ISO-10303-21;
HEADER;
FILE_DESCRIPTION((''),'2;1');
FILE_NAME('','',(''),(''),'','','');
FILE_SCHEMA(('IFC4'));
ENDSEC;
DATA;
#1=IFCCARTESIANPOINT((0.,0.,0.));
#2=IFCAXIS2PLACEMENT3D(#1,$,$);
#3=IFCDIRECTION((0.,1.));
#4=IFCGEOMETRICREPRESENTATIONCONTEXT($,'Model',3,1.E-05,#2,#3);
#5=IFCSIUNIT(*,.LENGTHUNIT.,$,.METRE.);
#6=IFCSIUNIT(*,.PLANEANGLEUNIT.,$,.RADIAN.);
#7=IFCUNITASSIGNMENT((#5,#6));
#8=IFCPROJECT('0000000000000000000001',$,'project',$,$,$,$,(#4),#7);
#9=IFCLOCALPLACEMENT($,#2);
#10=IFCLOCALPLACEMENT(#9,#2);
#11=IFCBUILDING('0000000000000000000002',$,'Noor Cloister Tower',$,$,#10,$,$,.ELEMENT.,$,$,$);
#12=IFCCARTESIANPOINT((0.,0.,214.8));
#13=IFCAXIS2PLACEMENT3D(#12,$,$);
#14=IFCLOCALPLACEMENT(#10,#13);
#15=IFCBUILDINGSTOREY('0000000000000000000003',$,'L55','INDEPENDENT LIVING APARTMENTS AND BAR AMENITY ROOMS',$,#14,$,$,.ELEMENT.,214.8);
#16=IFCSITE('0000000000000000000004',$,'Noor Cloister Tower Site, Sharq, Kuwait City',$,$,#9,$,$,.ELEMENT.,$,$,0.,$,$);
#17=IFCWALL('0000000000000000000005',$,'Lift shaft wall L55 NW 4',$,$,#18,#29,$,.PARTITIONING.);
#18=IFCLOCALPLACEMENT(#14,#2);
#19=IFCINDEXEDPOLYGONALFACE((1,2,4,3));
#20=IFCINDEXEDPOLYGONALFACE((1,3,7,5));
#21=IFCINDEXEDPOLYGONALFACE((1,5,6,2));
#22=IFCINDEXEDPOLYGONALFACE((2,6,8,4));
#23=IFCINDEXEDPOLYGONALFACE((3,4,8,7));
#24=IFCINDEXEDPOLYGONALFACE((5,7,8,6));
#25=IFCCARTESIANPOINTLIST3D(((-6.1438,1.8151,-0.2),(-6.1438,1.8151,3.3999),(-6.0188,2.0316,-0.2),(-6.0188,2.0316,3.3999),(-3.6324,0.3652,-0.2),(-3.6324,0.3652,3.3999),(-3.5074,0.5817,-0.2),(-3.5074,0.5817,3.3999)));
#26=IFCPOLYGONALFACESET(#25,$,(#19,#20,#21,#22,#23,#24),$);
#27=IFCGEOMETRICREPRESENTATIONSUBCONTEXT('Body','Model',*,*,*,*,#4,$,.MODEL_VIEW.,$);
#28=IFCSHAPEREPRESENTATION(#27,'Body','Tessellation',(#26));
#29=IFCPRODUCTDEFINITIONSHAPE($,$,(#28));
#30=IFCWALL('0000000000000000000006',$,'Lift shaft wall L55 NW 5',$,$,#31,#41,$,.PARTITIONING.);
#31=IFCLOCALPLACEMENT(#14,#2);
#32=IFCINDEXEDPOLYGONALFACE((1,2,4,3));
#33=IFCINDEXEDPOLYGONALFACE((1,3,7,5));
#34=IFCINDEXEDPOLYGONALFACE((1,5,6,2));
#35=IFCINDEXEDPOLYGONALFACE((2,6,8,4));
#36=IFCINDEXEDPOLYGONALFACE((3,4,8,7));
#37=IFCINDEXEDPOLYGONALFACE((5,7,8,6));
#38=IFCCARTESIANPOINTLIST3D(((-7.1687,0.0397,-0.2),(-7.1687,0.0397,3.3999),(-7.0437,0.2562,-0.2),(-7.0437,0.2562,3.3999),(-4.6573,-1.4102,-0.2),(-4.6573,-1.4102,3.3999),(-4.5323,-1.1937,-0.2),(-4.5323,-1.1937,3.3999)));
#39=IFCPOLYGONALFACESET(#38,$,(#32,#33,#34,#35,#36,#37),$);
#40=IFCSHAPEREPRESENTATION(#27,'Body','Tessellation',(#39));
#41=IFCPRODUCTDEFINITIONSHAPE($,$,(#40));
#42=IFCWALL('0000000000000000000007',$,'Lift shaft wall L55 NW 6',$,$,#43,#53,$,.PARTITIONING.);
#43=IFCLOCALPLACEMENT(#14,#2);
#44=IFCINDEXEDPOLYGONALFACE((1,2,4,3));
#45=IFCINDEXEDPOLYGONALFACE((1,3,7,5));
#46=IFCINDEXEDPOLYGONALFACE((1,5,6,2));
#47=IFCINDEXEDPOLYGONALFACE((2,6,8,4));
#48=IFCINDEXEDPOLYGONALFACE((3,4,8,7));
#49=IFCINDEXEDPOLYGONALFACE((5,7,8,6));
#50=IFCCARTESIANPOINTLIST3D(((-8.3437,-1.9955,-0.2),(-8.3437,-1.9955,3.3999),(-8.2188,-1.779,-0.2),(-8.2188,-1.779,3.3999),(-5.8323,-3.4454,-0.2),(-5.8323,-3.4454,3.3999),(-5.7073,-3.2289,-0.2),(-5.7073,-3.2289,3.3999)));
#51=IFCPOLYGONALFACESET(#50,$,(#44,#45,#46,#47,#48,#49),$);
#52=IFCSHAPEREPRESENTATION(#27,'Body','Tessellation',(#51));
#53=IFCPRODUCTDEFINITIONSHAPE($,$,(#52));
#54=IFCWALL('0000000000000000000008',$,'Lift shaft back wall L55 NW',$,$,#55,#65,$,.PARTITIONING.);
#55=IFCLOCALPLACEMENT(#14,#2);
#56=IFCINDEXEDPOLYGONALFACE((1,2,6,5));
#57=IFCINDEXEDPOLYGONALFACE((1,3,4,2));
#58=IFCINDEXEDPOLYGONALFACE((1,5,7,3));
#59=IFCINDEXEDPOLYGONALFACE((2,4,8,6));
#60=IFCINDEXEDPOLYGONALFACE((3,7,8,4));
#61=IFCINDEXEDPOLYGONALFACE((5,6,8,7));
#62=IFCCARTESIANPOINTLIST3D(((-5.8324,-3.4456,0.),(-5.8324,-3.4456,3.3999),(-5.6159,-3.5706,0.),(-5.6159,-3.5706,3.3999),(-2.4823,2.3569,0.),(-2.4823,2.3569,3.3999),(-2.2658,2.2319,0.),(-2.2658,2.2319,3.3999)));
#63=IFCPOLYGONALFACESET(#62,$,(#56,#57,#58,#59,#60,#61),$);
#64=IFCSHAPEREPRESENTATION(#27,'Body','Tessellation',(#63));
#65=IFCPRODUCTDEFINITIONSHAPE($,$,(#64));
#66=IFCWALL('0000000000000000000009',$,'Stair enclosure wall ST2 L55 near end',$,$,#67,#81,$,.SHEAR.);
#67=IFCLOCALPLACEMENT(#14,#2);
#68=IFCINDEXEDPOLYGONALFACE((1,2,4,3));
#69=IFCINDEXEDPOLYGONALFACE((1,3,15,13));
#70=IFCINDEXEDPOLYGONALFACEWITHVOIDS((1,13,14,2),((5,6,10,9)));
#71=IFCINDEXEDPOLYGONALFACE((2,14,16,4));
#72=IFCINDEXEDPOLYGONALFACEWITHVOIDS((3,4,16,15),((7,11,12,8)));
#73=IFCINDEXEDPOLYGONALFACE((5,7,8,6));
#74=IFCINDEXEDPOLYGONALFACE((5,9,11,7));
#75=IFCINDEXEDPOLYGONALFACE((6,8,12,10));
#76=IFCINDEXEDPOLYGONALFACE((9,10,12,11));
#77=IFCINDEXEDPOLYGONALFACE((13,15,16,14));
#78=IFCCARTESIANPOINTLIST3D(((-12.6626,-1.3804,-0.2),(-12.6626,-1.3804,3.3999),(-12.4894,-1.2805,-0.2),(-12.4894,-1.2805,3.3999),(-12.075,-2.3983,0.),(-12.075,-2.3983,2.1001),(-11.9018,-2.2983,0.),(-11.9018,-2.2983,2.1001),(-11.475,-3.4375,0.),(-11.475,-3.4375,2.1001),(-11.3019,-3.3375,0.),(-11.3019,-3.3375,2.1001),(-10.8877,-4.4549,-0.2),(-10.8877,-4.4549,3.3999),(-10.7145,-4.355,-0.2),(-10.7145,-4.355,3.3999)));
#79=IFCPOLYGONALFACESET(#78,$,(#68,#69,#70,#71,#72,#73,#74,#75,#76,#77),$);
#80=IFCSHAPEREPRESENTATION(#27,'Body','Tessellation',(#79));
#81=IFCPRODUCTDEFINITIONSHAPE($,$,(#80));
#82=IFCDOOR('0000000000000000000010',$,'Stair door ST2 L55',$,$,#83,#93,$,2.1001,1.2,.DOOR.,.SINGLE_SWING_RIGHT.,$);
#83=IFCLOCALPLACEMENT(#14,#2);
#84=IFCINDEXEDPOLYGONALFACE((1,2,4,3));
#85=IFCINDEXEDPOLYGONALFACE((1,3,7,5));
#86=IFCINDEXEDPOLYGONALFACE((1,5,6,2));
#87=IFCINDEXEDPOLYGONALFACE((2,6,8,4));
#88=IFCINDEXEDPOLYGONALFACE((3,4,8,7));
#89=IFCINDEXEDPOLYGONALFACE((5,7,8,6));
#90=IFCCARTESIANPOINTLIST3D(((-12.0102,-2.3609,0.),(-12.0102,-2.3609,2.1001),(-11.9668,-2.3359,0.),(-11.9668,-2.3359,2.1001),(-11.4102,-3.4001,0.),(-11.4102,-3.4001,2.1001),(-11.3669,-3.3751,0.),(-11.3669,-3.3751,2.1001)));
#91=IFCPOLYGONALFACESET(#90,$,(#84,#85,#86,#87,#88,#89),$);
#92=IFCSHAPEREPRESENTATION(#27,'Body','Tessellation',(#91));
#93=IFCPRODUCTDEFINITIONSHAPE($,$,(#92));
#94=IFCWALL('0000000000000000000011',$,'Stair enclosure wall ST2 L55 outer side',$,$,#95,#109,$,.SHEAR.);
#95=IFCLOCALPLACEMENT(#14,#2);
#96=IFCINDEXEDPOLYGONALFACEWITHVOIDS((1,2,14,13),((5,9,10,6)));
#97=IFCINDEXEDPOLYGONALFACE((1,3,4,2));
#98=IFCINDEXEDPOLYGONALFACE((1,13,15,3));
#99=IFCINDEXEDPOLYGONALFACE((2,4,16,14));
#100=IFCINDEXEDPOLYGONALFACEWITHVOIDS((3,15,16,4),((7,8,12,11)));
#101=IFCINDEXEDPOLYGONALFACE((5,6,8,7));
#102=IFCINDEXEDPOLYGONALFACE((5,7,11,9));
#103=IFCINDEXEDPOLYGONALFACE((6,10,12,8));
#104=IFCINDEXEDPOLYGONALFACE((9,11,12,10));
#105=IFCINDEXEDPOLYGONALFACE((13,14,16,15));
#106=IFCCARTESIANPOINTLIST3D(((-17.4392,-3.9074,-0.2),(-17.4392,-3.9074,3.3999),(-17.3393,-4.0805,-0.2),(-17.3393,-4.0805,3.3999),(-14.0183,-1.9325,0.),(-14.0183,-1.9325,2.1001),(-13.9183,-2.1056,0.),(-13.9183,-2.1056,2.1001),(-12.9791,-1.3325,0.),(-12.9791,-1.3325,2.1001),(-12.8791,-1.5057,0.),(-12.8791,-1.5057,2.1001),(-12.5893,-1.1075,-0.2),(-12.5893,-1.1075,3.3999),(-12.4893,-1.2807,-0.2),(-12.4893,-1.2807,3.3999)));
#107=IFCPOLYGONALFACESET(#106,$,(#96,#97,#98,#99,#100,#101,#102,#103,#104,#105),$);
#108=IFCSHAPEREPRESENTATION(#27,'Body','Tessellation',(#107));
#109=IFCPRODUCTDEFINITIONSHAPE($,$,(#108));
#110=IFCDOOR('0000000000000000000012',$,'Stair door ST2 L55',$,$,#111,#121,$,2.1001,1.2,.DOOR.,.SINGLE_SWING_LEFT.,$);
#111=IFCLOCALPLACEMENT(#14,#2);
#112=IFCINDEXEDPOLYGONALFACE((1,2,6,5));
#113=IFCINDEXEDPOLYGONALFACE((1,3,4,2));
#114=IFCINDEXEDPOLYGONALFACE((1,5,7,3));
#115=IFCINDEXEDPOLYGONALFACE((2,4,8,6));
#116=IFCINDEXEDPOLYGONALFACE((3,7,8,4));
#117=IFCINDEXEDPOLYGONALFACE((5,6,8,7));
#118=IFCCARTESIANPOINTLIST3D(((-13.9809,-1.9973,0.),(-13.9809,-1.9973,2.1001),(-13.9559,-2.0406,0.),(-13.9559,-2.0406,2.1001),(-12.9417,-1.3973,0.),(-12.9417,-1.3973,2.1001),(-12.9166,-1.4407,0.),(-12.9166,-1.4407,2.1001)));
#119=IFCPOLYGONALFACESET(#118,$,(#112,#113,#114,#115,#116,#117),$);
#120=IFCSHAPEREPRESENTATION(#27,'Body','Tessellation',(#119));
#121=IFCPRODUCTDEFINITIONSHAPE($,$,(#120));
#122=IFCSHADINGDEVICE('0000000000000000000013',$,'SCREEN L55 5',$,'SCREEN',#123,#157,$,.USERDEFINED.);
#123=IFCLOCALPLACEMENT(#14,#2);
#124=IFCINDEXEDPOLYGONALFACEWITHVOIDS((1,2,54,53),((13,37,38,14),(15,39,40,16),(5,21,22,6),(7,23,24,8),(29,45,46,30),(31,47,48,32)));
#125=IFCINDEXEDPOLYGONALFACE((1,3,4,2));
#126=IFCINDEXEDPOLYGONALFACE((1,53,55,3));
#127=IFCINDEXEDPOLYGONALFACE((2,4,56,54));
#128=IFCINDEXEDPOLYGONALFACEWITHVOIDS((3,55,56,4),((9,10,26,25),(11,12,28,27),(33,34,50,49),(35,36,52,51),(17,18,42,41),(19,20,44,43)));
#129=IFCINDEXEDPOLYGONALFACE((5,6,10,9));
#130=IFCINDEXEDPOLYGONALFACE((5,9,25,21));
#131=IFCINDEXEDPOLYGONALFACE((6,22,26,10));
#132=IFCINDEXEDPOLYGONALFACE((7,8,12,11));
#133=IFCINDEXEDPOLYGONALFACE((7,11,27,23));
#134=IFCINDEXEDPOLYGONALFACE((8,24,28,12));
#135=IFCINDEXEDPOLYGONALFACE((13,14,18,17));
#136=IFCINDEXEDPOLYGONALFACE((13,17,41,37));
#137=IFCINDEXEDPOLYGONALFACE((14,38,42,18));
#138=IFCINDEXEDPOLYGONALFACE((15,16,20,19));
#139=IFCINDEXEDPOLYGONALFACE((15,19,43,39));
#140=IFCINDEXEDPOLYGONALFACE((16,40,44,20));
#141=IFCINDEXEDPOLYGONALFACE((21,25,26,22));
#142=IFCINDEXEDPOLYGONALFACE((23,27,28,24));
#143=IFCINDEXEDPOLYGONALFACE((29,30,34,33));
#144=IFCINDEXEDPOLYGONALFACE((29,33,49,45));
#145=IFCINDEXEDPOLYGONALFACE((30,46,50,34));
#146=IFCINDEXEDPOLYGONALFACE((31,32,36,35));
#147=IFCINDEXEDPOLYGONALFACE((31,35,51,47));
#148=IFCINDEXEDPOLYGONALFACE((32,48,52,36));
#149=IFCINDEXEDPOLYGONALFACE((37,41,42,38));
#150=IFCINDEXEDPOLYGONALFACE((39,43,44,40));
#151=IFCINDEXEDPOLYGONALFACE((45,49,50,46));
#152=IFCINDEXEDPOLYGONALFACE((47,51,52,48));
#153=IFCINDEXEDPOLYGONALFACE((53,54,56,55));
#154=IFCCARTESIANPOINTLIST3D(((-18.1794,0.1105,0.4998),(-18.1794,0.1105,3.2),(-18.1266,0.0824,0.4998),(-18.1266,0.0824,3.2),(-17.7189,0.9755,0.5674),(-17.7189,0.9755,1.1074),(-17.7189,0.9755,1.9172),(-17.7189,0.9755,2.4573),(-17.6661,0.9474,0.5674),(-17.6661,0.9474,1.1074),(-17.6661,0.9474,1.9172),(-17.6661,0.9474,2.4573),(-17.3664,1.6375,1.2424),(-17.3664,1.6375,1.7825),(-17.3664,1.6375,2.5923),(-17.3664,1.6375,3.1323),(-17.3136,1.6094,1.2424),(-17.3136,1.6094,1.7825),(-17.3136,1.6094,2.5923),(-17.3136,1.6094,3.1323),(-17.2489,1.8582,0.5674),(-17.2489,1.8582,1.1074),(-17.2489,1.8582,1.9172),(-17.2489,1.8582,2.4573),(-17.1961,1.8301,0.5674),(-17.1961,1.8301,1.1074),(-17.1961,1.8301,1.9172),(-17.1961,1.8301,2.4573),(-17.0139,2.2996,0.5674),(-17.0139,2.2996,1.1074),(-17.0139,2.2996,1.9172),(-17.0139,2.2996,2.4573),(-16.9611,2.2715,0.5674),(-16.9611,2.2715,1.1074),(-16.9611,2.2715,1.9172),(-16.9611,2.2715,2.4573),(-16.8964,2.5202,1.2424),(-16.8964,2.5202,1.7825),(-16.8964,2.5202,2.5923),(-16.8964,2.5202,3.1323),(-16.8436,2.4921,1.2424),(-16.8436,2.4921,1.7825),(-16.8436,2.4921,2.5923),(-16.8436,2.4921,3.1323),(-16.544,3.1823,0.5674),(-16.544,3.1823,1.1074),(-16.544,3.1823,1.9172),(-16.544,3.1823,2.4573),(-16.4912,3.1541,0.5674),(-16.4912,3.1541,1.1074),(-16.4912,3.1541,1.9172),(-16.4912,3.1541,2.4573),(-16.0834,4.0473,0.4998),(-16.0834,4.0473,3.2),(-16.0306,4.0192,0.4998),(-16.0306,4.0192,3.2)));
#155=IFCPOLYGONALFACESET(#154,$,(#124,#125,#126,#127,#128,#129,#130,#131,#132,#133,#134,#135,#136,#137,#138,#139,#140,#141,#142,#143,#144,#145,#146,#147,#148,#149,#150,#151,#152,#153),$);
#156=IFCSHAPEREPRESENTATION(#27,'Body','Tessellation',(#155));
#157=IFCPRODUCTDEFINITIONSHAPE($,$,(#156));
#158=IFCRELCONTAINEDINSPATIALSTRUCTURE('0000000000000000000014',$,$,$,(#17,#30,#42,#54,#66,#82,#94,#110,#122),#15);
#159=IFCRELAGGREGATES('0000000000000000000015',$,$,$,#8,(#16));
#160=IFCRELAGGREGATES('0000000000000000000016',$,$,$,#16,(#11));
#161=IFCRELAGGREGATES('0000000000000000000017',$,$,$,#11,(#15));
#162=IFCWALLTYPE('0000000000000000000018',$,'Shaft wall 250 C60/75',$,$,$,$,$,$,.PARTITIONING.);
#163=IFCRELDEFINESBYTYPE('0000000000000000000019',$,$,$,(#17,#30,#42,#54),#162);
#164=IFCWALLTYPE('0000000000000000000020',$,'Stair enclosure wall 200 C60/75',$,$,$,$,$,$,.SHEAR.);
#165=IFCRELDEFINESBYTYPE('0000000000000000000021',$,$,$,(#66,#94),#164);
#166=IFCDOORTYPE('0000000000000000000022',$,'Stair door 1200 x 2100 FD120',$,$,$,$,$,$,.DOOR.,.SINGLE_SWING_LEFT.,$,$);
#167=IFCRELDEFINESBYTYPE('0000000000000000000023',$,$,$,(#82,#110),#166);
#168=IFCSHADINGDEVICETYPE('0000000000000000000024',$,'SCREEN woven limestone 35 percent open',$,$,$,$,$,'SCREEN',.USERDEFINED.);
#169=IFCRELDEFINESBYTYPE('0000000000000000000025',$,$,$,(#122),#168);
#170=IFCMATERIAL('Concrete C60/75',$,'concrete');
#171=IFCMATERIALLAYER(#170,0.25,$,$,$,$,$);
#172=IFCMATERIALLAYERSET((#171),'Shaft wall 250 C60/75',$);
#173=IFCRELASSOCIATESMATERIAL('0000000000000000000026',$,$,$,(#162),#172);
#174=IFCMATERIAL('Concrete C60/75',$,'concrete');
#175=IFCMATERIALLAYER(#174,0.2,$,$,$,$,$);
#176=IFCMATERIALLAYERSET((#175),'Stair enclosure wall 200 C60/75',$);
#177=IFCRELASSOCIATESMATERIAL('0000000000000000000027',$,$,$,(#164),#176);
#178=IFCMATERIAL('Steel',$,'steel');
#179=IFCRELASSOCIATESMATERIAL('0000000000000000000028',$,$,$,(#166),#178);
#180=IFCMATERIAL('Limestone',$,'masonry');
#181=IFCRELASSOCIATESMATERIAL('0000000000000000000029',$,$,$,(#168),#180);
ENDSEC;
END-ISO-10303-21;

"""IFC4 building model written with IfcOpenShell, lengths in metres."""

from ifc_helpers import new_model, si_unit, direction, frame, frame_2d, origin, place, context, subcontext, project, spatial, polyline, rectangle, outline, extrude, material, layer, layer_set, material_profile, profile_set, type_object, element, fill, save


model = new_model("IFC4")

# Units and contexts
model_context = context("Model", 3, precision=1e-05, world=origin(), true_north=direction((0.0, 1.0)))
body_context = subcontext(model_context, "Body", "Model", "MODEL_VIEW")
ifc_project = project(units=[si_unit("LENGTHUNIT", "METRE"), si_unit("PLANEANGLEUNIT", "RADIAN")], contexts=[model_context])

# Site, building, storey
site_placement = place(None, origin())
site = spatial("IfcSite", under=ifc_project, at=site_placement, Name="Noor Cloister Tower Site, Sharq, Kuwait City", CompositionType="ELEMENT", RefElevation=0.0)
building_placement = place(site_placement, origin())
building = spatial("IfcBuilding", under=site, at=building_placement, Name="Noor Cloister Tower", CompositionType="ELEMENT")
storey_placement = place(building_placement, frame((0.0, 0.0, 214.8)))
storey = spatial("IfcBuildingStorey", under=building, at=storey_placement, Name="L55", Description="INDEPENDENT LIVING APARTMENTS AND BAR AMENITY ROOMS", CompositionType="ELEMENT", Elevation=214.8)

# Walls
ifc_material_1 = material(Name="Concrete C60/75", Category="concrete")
ifc_layer_1 = layer(ifc_material_1, 0.25)
ifc_layer_set_1 = layer_set([ifc_layer_1], Name="Shaft wall 250 C60/75")
wall_type_1 = type_object("IfcWallType", Name="Shaft wall 250 C60/75", PredefinedType="PARTITIONING", material=ifc_layer_set_1)
for number, where, z_axis, x_axis, name in (
    (1, (-6.0813, 1.9233, -0.2), (0.0, 0.0, 1.0), (0.866033, -0.499987, 0.0), "Lift shaft wall L55 NW 4"),
    (2, (-7.1062, 0.1479, -0.2), (0.0, 0.0, 1.0), (0.866033, -0.499987, 0.0), "Lift shaft wall L55 NW 5"),
    (3, (-8.2812, -1.8872, -0.2), (0.0, 0.0, 1.0), (0.866033, -0.499987, 0.0), "Lift shaft wall L55 NW 6"),
):
    element("IfcWall", number, at=place(storey_placement, frame(where, z_axis=z_axis, x_axis=x_axis)), inside=storey, type_object=wall_type_1, Name=name, PredefinedType="PARTITIONING", context=body_context, shape_type="SweptSolid", body=[
        extrude(rectangle(XDim=2.8999, YDim=0.25, at=frame_2d((1.45, 0.0))), origin(), (0.0, 0.0, 1.0), 3.5999),
    ])
wall_1_placement = place(storey_placement, frame((-2.374, 2.2944, 0.0), z_axis=(0.0, 0.0, 1.0), x_axis=(-0.500003, -0.866024, 0.0)))
element("IfcWall", 4, at=wall_1_placement, inside=storey, type_object=wall_type_1, Name="Lift shaft back wall L55 NW", PredefinedType="PARTITIONING", context=body_context, shape_type="SweptSolid", body=[
    extrude(rectangle(XDim=6.7002, YDim=0.25, at=frame_2d((3.3501, 0.0))), origin(), (0.0, 0.0, 1.0), 3.3999),
])

# Walls, openings, doors
ifc_material_2 = material(Name="Concrete C60/75", Category="concrete")
ifc_layer_2 = layer(ifc_material_2, 0.2)
ifc_layer_set_2 = layer_set([ifc_layer_2], Name="Stair enclosure wall 200 C60/75")
wall_type_2 = type_object("IfcWallType", Name="Stair enclosure wall 200 C60/75", PredefinedType="SHEAR", material=ifc_layer_set_2)
wall_2_placement = place(storey_placement, frame((-12.5759, -1.3306, -0.2), z_axis=(0.0, 0.0, 1.0), x_axis=(0.49997, -0.866042, 0.0)))
wall_2 = element("IfcWall", 5, at=wall_2_placement, inside=storey, type_object=wall_type_2, Name="Stair enclosure wall ST2 L55 near end", PredefinedType="SHEAR", context=body_context, shape_type="SweptSolid", body=[
    extrude(rectangle(XDim=3.55, YDim=0.2, at=frame_2d((1.7749, 0.0))), origin(), (0.0, 0.0, 1.0), 3.5999),
])
opening_1_placement = place(wall_2_placement, frame((1.175, 0.0, 0.2)))
opening_1 = element("IfcOpeningElement", 6, at=opening_1_placement, cuts=wall_2, PredefinedType="OPENING", context=body_context, shape_type="SweptSolid", body=[
    extrude(rectangle(XDim=1.2, YDim=2.1001, at=frame_2d((0.6001, 1.05))), frame((0.0, 0.1099, 0.0), z_axis=(0.0, -1.0, 0.0), x_axis=(1.0, 0.0, 0.0)), (0.0, 0.0, 1.0), 0.22),
])
ifc_material_3 = material(Name="Steel", Category="steel")
door_type_1 = type_object("IfcDoorType", Name="Stair door 1200 x 2100 FD120", OperationType="SINGLE_SWING_LEFT", PredefinedType="DOOR", material=ifc_material_3)
door_1_placement = place(opening_1_placement, origin())
door_1 = element("IfcDoor", 7, at=door_1_placement, inside=storey, type_object=door_type_1, Name="Stair door ST2 L55", OperationType="SINGLE_SWING_RIGHT", OverallHeight=2.1001, OverallWidth=1.2, PredefinedType="DOOR", context=body_context, shape_type="SweptSolid", body=[
    extrude(rectangle(XDim=1.2, YDim=2.1001, at=frame_2d((0.6001, 1.05))), frame((0.0, 0.0249, 0.0), z_axis=(0.0, -1.0, 0.0), x_axis=(1.0, 0.0, 0.0)), (0.0, 0.0, 1.0), 0.05),
])
fill(opening_1, door_1)
wall_3_placement = place(storey_placement, frame((-12.5393, -1.1941, -0.2), z_axis=(0.0, 0.0, 1.0), x_axis=(-0.866045, -0.499965, 0.0)))
wall_3 = element("IfcWall", 8, at=wall_3_placement, inside=storey, type_object=wall_type_2, Name="Stair enclosure wall ST2 L55 outer side", PredefinedType="SHEAR", context=body_context, shape_type="SweptSolid", body=[
    extrude(rectangle(XDim=5.6001, YDim=0.2, at=frame_2d((2.8, 0.0))), origin(), (0.0, 0.0, 1.0), 3.5999),
])
opening_2_placement = place(wall_3_placement, frame((0.45, 0.0, 0.2)))
opening_2 = element("IfcOpeningElement", 9, at=opening_2_placement, cuts=wall_3, PredefinedType="OPENING", context=body_context, shape_type="SweptSolid", body=[
    extrude(rectangle(XDim=1.2, YDim=2.1001, at=frame_2d((0.6001, 1.05))), frame((0.0, 0.1099, 0.0), z_axis=(0.0, -1.0, 0.0), x_axis=(1.0, 0.0, 0.0)), (0.0, 0.0, 1.0), 0.22),
])
door_2_placement = place(opening_2_placement, origin())
door_2 = element("IfcDoor", 10, at=door_2_placement, inside=storey, type_object=door_type_1, Name="Stair door ST2 L55", OperationType="SINGLE_SWING_LEFT", OverallHeight=2.1001, OverallWidth=1.2, PredefinedType="DOOR", context=body_context, shape_type="SweptSolid", body=[
    extrude(rectangle(XDim=1.2, YDim=2.1001, at=frame_2d((0.6001, 1.05))), frame((0.0, 0.0249, 0.0), z_axis=(0.0, -1.0, 0.0), x_axis=(1.0, 0.0, 0.0)), (0.0, 0.0, 1.0), 0.05),
])
fill(opening_2, door_2)

# Shading device
ifc_material_4 = material(Name="Limestone", Category="masonry")
ifc_material_profile_1 = material_profile(ifc_material_4, outline(polyline([(-2.23, -1.3501), (2.23, -1.3501), (2.23, 1.3501), (-2.23, 1.3501), (-2.23, -1.3501)]), holes=[polyline([(-1.25, -1.2825), (-0.25, -1.2825), (-0.25, -0.7424), (-1.25, -0.7424), (-1.25, -1.2825)]), polyline([(0.25, -1.2825), (1.25, -1.2825), (1.25, -0.7424), (0.25, -0.7424), (0.25, -1.2825)]), polyline([(-0.5, -0.6074), (0.5, -0.6074), (0.5, -0.0674), (-0.5, -0.0674), (-0.5, -0.6074)]), polyline([(-1.25, 0.0674), (-0.25, 0.0674), (-0.25, 0.6074), (-1.25, 0.6074), (-1.25, 0.0674)]), polyline([(0.25, 0.0674), (1.25, 0.0674), (1.25, 0.6074), (0.25, 0.6074), (0.25, 0.0674)]), polyline([(-0.5, 0.7424), (0.5, 0.7424), (0.5, 1.2825), (-0.5, 1.2825), (-0.5, 0.7424)])]), Name="Woven screen 35 percent open")
ifc_profile_set_1 = profile_set([ifc_material_profile_1], Name="Limestone")
shading_device_type = type_object("IfcShadingDeviceType", Name="SCREEN woven limestone 35 percent open", ElementType="SCREEN", PredefinedType="USERDEFINED", material=ifc_profile_set_1)
shading_device_placement = place(storey_placement, frame((-17.0786, 2.0508, 1.8499), z_axis=(-0.882692, 0.469952, 0.0), x_axis=(-0.469952, -0.882692, 0.0)))
element("IfcShadingDevice", 11, at=shading_device_placement, inside=storey, type_object=shading_device_type, Name="SCREEN L55 5", ObjectType="SCREEN", PredefinedType="USERDEFINED", context=body_context, shape_type="SweptSolid", body=[
    extrude(outline(polyline([(-2.23, -1.3501), (2.23, -1.3501), (2.23, 1.3501), (-2.23, 1.3501), (-2.23, -1.3501)]), holes=[polyline([(-1.25, -1.2825), (-0.25, -1.2825), (-0.25, -0.7424), (-1.25, -0.7424), (-1.25, -1.2825)]), polyline([(0.25, -1.2825), (1.25, -1.2825), (1.25, -0.7424), (0.25, -0.7424), (0.25, -1.2825)]), polyline([(-0.5, -0.6074), (0.5, -0.6074), (0.5, -0.0674), (-0.5, -0.0674), (-0.5, -0.6074)]), polyline([(-1.25, 0.0674), (-0.25, 0.0674), (-0.25, 0.6074), (-1.25, 0.6074), (-1.25, 0.0674)]), polyline([(0.25, 0.0674), (1.25, 0.0674), (1.25, 0.6074), (0.25, 0.6074), (0.25, 0.0674)]), polyline([(-0.5, 0.7424), (0.5, 0.7424), (0.5, 1.2825), (-0.5, 1.2825), (-0.5, 0.7424)])]), origin(), (0.0, 0.0, 1.0), 0.0598),
])

save(model, "model.ifc")
